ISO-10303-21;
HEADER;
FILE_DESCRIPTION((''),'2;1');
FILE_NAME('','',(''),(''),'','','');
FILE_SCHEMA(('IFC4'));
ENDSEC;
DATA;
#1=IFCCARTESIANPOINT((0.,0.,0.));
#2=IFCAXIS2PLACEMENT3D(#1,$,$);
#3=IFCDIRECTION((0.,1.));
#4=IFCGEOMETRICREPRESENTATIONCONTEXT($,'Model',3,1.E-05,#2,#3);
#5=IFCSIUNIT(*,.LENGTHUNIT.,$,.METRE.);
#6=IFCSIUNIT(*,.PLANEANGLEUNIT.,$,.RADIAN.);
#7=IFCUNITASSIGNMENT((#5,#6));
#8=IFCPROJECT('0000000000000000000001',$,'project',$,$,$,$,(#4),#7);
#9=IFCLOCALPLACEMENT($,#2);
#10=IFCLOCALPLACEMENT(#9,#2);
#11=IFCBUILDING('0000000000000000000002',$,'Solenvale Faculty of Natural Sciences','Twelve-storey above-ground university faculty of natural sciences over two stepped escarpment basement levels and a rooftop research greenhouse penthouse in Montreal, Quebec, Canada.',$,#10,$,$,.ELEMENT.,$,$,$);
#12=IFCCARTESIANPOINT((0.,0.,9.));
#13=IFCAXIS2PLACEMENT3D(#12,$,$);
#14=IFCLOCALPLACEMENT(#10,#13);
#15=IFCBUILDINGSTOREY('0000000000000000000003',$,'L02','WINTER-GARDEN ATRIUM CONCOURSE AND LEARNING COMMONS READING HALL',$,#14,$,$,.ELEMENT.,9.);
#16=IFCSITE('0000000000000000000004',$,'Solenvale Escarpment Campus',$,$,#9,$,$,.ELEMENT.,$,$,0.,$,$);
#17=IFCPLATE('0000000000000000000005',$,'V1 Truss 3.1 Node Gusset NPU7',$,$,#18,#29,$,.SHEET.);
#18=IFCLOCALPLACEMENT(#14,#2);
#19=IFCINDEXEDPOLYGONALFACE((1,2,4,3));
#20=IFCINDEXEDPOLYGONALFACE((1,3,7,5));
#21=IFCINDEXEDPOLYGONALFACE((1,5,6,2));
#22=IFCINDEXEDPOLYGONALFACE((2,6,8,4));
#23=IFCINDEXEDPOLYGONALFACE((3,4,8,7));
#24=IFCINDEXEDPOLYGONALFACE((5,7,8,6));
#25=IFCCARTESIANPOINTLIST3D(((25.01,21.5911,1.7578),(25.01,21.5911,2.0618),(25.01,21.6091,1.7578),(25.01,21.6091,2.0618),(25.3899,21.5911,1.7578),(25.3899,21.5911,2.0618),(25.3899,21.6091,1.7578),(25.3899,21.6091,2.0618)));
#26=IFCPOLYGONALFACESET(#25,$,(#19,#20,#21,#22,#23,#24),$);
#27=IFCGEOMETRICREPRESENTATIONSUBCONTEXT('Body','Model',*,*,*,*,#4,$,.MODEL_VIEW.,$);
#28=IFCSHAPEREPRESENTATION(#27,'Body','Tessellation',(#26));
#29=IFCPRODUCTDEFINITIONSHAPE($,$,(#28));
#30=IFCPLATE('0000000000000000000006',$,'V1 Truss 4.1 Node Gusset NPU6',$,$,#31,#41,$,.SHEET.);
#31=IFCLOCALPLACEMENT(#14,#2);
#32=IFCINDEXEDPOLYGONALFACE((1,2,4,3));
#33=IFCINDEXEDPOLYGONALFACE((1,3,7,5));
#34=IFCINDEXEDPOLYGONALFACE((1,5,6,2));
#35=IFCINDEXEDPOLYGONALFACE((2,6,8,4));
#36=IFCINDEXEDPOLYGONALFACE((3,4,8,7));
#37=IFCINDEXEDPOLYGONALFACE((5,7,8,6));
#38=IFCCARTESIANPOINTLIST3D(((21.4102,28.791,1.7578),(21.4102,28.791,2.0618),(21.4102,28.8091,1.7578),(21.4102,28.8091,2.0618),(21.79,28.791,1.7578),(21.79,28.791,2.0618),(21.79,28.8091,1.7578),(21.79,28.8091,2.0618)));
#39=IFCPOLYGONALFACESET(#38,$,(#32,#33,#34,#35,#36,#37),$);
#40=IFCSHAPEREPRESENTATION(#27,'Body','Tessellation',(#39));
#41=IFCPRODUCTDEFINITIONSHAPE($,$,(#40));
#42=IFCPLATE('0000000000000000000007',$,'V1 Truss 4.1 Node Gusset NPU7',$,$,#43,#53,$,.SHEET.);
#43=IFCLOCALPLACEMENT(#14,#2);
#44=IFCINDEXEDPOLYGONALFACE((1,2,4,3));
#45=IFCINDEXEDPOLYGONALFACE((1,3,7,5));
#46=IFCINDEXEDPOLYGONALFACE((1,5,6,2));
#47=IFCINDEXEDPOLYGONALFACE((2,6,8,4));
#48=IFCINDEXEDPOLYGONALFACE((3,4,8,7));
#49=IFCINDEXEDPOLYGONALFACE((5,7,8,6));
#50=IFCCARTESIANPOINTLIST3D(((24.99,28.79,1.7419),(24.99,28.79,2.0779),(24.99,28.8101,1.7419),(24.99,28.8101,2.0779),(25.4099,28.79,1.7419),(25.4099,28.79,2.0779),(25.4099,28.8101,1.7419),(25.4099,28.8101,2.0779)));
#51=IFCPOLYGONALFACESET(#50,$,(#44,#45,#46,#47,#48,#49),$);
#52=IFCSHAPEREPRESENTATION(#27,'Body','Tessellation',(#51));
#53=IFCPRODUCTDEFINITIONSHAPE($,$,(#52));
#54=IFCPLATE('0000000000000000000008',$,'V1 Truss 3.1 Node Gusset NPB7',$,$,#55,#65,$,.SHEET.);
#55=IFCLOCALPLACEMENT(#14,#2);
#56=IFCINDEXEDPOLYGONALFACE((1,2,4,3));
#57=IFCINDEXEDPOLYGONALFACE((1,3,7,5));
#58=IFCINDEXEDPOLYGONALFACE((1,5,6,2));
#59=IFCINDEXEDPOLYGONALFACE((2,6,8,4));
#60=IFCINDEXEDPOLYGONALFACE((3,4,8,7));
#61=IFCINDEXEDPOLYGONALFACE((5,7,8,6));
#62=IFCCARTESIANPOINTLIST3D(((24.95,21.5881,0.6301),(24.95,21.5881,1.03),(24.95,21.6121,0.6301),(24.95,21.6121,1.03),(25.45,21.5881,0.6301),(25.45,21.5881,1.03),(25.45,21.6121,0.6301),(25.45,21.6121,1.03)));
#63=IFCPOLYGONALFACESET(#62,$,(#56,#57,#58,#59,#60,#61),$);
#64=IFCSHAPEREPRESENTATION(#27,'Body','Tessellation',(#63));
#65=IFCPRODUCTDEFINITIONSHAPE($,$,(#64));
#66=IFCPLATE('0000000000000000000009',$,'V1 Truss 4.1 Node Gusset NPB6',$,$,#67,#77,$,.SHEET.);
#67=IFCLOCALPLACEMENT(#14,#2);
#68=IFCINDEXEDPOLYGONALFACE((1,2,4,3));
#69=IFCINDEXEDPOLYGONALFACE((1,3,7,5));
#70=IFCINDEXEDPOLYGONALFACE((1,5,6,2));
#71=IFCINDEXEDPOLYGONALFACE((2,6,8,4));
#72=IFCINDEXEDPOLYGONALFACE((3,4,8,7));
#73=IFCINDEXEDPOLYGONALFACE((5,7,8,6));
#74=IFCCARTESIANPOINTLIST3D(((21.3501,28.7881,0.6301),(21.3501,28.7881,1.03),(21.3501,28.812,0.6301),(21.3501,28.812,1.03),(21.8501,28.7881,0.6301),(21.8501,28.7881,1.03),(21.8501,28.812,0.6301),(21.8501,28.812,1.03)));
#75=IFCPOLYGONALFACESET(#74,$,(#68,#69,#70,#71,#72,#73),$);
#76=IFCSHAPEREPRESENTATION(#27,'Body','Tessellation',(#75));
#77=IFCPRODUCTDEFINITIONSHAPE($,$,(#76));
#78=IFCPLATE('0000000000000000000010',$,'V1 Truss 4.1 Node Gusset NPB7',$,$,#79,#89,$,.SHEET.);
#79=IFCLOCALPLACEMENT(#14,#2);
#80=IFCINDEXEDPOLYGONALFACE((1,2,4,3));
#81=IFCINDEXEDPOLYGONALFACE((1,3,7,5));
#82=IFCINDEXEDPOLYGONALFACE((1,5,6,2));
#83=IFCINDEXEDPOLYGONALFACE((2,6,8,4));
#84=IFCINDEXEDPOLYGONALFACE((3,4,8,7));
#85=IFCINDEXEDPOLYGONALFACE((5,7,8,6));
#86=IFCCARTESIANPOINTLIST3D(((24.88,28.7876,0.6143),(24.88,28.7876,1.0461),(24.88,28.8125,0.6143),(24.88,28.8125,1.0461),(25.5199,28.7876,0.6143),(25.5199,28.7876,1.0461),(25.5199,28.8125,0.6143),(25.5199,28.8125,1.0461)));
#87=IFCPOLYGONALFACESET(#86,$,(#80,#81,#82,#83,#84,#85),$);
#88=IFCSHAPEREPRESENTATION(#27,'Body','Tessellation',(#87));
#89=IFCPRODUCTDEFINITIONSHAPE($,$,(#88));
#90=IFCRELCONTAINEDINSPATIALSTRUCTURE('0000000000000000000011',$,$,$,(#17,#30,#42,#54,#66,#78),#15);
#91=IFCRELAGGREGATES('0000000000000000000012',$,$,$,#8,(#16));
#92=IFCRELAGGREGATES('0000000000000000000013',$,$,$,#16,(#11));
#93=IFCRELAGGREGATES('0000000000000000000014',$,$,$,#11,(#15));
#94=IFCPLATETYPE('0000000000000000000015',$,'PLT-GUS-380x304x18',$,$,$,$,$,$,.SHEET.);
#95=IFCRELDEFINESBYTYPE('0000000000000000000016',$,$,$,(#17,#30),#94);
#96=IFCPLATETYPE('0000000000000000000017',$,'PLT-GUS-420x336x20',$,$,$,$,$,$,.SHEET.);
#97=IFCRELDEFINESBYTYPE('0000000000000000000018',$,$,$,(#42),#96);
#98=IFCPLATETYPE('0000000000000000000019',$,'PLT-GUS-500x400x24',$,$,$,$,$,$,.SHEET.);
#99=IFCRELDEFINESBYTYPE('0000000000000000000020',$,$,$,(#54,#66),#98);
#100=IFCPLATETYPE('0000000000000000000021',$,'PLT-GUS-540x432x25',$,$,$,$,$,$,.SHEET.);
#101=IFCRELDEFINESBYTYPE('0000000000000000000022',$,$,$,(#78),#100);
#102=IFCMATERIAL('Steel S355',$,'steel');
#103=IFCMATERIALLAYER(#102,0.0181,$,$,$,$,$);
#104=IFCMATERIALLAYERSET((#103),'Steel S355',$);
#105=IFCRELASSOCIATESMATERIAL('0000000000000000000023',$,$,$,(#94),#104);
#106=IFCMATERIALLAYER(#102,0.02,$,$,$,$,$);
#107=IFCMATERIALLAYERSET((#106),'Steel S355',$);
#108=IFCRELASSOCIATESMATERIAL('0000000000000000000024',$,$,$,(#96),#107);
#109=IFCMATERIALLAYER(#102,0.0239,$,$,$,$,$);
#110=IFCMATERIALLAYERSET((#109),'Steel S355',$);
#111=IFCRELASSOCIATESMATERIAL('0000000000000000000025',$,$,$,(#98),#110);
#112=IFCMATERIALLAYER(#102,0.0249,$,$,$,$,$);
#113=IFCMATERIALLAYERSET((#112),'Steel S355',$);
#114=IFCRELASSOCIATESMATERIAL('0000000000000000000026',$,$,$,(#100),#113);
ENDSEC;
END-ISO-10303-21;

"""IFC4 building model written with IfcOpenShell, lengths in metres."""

from ifc_helpers import new_model, si_unit, direction, frame, origin, origin_2d, place, context, subcontext, project, spatial, rectangle, extrude, material, layer, layer_set, type_object, element, save


model = new_model("IFC4")

# Units and contexts
model_context = context("Model", 3, precision=1e-05, world=origin(), true_north=direction((0.0, 1.0)))
body_context = subcontext(model_context, "Body", "Model", "MODEL_VIEW")
ifc_project = project(units=[si_unit("LENGTHUNIT", "METRE"), si_unit("PLANEANGLEUNIT", "RADIAN")], contexts=[model_context])

# Site, building, storey
site_placement = place(None, origin())
site = spatial("IfcSite", under=ifc_project, at=site_placement, Name="Solenvale Escarpment Campus", CompositionType="ELEMENT", RefElevation=0.0)
building_placement = place(site_placement, origin())
building = spatial("IfcBuilding", under=site, at=building_placement, Name="Solenvale Faculty of Natural Sciences", Description="Twelve-storey above-ground university faculty of natural sciences over two stepped escarpment basement levels and a rooftop research greenhouse penthouse in Montreal, Quebec, Canada.", CompositionType="ELEMENT")
storey_placement = place(building_placement, frame((0.0, 0.0, 9.0)))
storey = spatial("IfcBuildingStorey", under=building, at=storey_placement, Name="L02", Description="WINTER-GARDEN ATRIUM CONCOURSE AND LEARNING COMMONS READING HALL", CompositionType="ELEMENT", Elevation=9.0)

# Shared definitions
ifc_material_1 = material(Name="Steel S355", Category="steel")

# Plates
ifc_layer_1 = layer(ifc_material_1, 0.0181)
ifc_layer_set_1 = layer_set([ifc_layer_1], Name="Steel S355")
plate_type_1 = type_object("IfcPlateType", Name="PLT-GUS-380x304x18", PredefinedType="SHEET", material=ifc_layer_set_1)
for number, where, z_axis, x_axis, name in (
    (1, (25.2, 21.6001, 1.7578), (0.0, 0.0, 1.0), (1.0, 0.0, 0.0), "V1 Truss 3.1 Node Gusset NPU7"),
    (2, (21.6001, 28.8, 1.7578), (0.0, 0.0, 1.0), (1.0, 0.0, 0.0), "V1 Truss 4.1 Node Gusset NPU6"),
):
    element("IfcPlate", number, at=place(storey_placement, frame(where, z_axis=z_axis, x_axis=x_axis)), inside=storey, type_object=plate_type_1, Name=name, PredefinedType="SHEET", context=body_context, shape_type="SweptSolid", body=[
        extrude(rectangle(XDim=0.3799, YDim=0.0181, at=origin_2d()), origin(), (0.0, 0.0, 1.0), 0.304),
    ])
ifc_layer_2 = layer(ifc_material_1, 0.02)
ifc_layer_set_2 = layer_set([ifc_layer_2], Name="Steel S355")
plate_type_2 = type_object("IfcPlateType", Name="PLT-GUS-420x336x20", PredefinedType="SHEET", material=ifc_layer_set_2)
plate_1_placement = place(storey_placement, frame((25.2, 28.8, 1.7419), z_axis=(0.0, 0.0, 1.0), x_axis=(1.0, 0.0, 0.0)))
element("IfcPlate", 3, at=plate_1_placement, inside=storey, type_object=plate_type_2, Name="V1 Truss 4.1 Node Gusset NPU7", PredefinedType="SHEET", context=body_context, shape_type="SweptSolid", body=[
    extrude(rectangle(XDim=0.4199, YDim=0.02, at=origin_2d()), origin(), (0.0, 0.0, 1.0), 0.3359),
])
ifc_layer_3 = layer(ifc_material_1, 0.0239)
ifc_layer_set_3 = layer_set([ifc_layer_3], Name="Steel S355")
plate_type_3 = type_object("IfcPlateType", Name="PLT-GUS-500x400x24", PredefinedType="SHEET", material=ifc_layer_set_3)
for number, where, z_axis, x_axis, name in (
    (4, (25.2, 21.6001, 0.6301), (0.0, 0.0, 1.0), (1.0, 0.0, 0.0), "V1 Truss 3.1 Node Gusset NPB7"),
    (5, (21.6001, 28.8, 0.6301), (0.0, 0.0, 1.0), (1.0, 0.0, 0.0), "V1 Truss 4.1 Node Gusset NPB6"),
):
    element("IfcPlate", number, at=place(storey_placement, frame(where, z_axis=z_axis, x_axis=x_axis)), inside=storey, type_object=plate_type_3, Name=name, PredefinedType="SHEET", context=body_context, shape_type="SweptSolid", body=[
        extrude(rectangle(XDim=0.5, YDim=0.0239, at=origin_2d()), origin(), (0.0, 0.0, 1.0), 0.3999),
    ])
ifc_layer_4 = layer(ifc_material_1, 0.0249)
ifc_layer_set_4 = layer_set([ifc_layer_4], Name="Steel S355")
plate_type_4 = type_object("IfcPlateType", Name="PLT-GUS-540x432x25", PredefinedType="SHEET", material=ifc_layer_set_4)
plate_2_placement = place(storey_placement, frame((25.2, 28.8, 0.6143), z_axis=(0.0, 0.0, 1.0), x_axis=(1.0, 0.0, 0.0)))
element("IfcPlate", 6, at=plate_2_placement, inside=storey, type_object=plate_type_4, Name="V1 Truss 4.1 Node Gusset NPB7", PredefinedType="SHEET", context=body_context, shape_type="SweptSolid", body=[
    extrude(rectangle(XDim=0.6399, YDim=0.0249, at=origin_2d()), origin(), (0.0, 0.0, 1.0), 0.4319),
])

save(model, "model.ifc")
